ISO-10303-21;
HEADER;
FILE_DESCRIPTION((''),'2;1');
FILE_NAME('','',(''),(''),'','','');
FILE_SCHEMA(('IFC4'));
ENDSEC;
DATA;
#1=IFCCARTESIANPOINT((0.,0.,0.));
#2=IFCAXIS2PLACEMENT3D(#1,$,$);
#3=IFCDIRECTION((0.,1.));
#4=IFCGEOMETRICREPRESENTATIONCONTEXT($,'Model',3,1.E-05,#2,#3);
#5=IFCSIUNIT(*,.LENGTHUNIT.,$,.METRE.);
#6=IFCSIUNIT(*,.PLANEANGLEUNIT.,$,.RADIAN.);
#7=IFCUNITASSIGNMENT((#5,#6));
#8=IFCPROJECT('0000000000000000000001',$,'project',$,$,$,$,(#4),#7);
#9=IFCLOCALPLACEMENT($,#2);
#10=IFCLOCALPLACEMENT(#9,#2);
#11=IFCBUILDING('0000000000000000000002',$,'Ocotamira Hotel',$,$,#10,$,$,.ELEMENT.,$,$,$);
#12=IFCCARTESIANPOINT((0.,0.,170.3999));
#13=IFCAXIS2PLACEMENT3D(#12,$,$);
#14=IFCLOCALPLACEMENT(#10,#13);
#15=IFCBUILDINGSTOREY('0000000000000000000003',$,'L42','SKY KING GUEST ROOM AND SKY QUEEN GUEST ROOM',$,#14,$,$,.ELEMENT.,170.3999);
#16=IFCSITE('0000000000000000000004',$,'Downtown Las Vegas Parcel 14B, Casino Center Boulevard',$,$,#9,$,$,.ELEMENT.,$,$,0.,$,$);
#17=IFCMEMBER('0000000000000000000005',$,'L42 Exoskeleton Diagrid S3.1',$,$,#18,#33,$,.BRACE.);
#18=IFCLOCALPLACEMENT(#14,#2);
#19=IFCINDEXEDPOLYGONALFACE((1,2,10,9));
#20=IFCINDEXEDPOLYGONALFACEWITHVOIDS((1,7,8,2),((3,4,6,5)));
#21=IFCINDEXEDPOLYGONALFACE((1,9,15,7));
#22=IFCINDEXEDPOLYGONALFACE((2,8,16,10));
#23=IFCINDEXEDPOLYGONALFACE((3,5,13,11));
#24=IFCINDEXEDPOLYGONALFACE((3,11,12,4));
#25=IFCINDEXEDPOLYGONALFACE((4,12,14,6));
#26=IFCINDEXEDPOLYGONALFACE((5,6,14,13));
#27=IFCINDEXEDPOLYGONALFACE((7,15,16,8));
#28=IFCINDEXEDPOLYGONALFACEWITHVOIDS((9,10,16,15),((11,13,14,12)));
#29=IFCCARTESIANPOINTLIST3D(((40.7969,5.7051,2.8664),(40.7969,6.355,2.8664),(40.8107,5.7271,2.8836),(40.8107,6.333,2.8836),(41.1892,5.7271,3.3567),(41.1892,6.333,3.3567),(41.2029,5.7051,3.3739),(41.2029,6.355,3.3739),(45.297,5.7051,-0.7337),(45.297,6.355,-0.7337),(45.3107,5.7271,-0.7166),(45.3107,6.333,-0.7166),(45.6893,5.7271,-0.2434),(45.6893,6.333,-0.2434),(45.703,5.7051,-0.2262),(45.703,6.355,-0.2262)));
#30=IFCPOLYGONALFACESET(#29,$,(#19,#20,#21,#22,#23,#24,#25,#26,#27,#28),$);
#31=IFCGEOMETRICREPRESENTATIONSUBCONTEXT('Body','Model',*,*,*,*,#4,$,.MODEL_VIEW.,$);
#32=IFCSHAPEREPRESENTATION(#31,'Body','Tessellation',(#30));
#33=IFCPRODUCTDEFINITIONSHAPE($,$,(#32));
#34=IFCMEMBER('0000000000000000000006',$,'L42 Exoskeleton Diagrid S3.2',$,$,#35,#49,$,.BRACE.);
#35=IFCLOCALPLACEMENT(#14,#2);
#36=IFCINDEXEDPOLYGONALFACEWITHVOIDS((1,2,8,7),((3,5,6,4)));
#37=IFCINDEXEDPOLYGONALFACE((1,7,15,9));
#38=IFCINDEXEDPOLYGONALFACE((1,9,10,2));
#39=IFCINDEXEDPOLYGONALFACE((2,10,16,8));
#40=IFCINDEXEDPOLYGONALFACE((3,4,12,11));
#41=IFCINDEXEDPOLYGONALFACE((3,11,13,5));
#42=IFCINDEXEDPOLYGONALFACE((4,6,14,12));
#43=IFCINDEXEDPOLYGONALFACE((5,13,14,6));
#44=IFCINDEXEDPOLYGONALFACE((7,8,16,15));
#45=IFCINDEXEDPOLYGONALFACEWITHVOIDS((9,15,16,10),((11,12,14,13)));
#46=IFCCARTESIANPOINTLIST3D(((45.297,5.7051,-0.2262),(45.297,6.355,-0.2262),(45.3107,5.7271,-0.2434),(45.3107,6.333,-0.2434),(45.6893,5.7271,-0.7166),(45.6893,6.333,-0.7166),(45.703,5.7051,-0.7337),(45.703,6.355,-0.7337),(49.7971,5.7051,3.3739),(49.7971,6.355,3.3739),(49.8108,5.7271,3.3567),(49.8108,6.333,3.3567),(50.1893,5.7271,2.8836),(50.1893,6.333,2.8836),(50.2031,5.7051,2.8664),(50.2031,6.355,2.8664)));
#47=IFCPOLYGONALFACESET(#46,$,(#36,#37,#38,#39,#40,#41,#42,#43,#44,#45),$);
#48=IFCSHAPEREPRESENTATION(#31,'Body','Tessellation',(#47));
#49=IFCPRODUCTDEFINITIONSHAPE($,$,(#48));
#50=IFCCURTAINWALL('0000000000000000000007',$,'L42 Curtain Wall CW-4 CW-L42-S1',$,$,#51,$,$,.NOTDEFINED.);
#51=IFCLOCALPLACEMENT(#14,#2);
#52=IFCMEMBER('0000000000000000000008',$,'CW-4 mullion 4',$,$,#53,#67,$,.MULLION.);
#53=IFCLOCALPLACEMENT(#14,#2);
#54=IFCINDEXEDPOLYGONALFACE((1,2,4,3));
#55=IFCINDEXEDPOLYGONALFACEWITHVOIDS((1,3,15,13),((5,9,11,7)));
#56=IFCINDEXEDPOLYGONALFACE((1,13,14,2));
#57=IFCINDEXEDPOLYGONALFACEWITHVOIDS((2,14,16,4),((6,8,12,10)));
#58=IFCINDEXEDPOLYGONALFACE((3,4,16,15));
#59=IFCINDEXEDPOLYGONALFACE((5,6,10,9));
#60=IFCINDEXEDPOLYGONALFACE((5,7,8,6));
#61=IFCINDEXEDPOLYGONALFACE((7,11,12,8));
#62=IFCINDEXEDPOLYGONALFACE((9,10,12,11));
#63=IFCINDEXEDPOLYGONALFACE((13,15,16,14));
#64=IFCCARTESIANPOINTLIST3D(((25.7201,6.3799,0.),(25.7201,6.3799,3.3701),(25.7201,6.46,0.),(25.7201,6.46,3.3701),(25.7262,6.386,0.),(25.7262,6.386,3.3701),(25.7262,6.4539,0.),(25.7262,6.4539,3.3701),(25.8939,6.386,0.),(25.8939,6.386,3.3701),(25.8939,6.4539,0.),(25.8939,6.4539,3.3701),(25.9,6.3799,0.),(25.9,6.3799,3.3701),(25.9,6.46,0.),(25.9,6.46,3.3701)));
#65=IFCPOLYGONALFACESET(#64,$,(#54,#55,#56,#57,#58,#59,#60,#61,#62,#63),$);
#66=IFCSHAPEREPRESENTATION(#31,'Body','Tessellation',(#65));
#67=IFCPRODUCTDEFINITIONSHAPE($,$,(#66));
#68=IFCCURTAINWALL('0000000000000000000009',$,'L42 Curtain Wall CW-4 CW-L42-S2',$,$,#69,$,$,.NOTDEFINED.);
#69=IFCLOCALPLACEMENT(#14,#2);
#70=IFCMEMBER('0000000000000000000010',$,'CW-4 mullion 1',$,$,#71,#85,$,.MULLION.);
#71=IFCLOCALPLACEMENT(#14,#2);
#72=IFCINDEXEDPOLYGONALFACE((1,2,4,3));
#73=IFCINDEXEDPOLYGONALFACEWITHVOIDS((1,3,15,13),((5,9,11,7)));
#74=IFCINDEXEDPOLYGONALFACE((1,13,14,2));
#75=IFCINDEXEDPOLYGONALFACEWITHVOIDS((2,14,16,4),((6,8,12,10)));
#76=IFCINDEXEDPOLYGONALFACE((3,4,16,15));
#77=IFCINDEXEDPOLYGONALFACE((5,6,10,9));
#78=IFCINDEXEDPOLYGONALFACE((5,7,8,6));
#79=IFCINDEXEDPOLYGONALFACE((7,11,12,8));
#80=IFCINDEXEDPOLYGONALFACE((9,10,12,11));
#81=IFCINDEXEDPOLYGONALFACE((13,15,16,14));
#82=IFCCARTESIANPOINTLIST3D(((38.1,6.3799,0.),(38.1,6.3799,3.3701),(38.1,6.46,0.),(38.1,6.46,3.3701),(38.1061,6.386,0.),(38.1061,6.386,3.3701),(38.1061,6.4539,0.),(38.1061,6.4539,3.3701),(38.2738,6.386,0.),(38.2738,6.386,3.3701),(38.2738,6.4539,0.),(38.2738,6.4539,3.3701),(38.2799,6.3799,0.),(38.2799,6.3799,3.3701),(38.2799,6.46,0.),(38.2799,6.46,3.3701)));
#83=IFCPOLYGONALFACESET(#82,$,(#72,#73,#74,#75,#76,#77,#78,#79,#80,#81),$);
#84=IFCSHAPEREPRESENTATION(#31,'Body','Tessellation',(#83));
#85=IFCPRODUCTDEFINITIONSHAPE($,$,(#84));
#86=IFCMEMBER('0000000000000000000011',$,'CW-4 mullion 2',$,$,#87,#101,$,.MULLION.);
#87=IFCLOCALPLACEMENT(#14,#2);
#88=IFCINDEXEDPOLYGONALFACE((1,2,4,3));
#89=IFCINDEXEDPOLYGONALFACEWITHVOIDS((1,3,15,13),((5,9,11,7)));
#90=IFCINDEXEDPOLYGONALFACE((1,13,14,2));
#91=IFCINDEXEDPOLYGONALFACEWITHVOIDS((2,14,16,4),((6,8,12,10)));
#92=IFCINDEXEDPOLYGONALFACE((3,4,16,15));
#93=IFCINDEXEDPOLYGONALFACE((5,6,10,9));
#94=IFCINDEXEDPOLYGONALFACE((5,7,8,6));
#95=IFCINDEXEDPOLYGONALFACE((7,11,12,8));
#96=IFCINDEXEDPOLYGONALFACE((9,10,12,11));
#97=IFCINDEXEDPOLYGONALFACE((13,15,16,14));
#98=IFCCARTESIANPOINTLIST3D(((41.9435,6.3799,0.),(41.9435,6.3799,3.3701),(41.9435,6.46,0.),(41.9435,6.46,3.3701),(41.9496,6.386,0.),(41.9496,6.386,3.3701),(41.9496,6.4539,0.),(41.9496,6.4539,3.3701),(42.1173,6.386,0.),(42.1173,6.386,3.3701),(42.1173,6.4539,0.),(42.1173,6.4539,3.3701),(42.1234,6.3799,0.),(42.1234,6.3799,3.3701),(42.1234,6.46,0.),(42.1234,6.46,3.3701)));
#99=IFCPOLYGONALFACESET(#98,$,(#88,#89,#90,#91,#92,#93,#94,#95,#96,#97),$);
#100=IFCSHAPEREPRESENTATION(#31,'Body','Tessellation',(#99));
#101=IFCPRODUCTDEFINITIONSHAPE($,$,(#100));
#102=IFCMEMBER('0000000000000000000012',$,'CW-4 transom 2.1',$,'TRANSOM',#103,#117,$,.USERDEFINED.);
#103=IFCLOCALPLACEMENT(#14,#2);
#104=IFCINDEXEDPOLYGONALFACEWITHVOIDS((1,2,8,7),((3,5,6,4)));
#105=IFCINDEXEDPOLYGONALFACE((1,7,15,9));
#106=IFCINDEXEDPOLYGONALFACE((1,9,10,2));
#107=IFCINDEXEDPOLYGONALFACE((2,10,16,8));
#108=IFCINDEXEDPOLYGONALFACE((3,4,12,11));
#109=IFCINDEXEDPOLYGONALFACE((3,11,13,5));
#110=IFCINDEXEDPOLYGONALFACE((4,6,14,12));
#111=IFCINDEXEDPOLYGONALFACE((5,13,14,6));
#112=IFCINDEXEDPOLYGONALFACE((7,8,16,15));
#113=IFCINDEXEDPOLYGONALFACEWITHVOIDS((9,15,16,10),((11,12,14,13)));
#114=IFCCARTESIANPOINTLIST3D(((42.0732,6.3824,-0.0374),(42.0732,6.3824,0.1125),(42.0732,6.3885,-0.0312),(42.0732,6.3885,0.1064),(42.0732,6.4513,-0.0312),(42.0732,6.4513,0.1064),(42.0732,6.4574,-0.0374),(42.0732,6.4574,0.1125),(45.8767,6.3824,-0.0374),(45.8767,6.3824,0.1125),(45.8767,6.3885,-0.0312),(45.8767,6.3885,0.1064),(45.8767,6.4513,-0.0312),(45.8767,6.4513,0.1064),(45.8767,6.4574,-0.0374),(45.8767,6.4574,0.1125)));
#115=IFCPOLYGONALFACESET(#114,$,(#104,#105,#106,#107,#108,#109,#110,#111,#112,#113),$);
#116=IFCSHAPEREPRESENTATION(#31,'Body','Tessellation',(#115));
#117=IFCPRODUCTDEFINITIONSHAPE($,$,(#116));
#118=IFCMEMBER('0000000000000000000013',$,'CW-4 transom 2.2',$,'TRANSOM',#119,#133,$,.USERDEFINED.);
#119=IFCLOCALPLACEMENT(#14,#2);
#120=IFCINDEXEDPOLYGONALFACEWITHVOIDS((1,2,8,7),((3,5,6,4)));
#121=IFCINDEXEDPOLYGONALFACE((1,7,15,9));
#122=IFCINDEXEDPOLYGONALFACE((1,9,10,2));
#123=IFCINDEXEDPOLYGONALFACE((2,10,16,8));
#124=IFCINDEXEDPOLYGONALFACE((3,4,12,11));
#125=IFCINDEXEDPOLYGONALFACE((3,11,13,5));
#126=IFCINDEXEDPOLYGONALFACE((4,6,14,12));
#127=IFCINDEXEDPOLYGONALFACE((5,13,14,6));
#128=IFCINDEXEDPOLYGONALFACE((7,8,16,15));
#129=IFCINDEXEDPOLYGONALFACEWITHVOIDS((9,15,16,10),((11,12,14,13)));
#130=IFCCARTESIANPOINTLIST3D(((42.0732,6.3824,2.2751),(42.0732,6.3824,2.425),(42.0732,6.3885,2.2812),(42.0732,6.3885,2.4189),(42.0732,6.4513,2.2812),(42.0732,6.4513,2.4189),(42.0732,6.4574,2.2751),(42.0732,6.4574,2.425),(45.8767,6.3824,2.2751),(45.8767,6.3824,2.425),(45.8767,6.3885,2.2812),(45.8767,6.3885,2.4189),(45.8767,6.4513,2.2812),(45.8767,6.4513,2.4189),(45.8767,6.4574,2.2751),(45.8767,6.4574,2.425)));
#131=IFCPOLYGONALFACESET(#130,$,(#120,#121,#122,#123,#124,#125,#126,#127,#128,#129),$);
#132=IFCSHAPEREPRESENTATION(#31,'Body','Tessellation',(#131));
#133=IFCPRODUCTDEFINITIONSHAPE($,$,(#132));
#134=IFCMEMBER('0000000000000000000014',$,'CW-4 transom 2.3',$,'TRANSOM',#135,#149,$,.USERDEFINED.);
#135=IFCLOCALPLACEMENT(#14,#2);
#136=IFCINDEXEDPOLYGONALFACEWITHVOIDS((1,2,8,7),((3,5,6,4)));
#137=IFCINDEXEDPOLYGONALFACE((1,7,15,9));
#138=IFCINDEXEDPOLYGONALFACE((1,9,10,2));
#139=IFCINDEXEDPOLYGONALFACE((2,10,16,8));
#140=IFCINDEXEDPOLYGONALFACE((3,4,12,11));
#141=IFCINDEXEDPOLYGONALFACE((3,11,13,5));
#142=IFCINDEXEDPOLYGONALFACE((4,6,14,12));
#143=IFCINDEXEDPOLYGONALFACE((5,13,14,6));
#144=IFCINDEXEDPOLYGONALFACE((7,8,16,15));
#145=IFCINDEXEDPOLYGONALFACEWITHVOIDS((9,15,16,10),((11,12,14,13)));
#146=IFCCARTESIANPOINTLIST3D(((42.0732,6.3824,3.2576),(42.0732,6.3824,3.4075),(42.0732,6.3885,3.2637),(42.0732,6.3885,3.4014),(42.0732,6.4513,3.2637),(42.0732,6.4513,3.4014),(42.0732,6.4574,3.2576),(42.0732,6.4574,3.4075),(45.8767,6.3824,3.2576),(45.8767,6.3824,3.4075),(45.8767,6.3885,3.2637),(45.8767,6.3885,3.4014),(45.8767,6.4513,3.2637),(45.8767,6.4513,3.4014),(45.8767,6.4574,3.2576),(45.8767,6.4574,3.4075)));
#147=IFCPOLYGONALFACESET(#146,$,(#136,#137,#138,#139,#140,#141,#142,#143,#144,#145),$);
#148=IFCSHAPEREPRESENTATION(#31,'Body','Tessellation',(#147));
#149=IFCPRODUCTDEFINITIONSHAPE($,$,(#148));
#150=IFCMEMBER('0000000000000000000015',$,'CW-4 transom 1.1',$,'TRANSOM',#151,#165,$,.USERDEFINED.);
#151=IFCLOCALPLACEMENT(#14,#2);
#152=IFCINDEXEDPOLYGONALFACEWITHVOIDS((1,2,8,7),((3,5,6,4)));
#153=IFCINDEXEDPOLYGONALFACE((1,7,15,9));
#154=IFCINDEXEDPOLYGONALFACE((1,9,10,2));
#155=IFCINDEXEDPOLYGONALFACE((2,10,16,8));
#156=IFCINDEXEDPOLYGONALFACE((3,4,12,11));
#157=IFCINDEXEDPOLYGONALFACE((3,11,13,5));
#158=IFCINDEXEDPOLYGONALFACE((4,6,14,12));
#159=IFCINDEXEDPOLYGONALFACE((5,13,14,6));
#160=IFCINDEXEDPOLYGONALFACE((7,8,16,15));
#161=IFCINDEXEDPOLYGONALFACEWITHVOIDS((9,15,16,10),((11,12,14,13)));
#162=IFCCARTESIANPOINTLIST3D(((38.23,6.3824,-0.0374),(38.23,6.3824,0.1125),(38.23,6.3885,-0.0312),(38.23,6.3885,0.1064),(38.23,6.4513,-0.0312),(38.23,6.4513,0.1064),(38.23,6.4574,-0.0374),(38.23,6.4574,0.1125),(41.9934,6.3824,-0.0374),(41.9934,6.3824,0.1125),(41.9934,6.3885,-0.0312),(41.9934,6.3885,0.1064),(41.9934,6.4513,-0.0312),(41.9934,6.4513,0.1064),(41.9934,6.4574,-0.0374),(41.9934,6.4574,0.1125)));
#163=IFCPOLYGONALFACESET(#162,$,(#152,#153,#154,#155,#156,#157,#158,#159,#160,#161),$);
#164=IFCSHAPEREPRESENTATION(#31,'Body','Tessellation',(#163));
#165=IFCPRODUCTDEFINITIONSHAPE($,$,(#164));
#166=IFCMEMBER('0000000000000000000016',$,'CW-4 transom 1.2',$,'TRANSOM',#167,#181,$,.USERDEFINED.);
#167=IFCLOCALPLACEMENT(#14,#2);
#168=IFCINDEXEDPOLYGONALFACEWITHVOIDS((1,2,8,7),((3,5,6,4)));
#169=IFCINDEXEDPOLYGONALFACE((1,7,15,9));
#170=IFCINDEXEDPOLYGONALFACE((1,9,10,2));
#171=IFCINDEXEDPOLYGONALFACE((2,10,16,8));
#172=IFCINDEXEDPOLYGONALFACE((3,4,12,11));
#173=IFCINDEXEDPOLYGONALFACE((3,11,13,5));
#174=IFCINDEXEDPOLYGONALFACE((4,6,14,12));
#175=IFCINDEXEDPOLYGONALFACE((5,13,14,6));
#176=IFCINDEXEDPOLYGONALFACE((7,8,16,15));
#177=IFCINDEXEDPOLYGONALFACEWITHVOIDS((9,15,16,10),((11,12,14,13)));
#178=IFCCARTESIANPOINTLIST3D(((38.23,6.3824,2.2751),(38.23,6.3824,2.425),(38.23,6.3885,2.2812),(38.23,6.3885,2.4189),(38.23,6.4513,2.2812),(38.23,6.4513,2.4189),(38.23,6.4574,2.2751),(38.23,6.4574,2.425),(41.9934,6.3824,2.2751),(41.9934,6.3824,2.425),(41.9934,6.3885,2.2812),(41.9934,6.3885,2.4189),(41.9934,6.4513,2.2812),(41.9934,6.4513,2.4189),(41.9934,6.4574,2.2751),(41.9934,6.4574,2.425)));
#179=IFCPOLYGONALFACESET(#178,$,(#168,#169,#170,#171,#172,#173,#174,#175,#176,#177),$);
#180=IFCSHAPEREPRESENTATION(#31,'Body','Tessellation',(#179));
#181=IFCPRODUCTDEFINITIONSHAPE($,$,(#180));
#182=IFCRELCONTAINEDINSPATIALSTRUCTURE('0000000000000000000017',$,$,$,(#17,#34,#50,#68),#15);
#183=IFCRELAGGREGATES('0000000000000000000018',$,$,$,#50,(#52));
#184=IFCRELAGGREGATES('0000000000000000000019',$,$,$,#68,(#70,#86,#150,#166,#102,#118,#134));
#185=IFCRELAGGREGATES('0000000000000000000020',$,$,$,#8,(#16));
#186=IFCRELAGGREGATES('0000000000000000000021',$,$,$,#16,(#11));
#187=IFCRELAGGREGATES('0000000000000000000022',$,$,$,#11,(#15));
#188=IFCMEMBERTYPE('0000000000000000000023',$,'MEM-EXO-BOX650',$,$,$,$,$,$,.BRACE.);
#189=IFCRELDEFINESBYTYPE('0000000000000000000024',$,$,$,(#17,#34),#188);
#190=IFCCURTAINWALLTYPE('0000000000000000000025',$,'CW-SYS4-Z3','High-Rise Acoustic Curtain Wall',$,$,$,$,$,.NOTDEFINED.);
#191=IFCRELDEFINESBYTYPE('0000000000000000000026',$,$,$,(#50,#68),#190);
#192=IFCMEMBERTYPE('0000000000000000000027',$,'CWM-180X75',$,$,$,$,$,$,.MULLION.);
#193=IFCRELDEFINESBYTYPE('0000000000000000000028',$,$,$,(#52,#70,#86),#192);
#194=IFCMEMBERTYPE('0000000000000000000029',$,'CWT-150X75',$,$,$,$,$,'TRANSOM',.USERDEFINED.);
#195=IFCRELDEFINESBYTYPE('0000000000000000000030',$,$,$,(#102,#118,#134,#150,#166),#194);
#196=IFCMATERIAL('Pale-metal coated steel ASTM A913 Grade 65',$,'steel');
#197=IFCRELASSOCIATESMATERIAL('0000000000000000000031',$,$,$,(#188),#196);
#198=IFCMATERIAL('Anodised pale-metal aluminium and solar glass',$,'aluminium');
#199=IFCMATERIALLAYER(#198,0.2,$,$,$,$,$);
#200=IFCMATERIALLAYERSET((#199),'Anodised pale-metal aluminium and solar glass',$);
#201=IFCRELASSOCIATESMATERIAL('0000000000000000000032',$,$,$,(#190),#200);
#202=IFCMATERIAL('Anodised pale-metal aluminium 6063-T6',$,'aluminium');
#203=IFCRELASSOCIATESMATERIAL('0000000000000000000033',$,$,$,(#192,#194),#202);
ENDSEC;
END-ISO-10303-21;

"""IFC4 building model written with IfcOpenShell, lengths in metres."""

from ifc_helpers import new_model, si_unit, direction, frame, origin, origin_2d, place, context, subcontext, project, spatial, hollow_rectangle, extrude, source, transform, mapped, material, layer, layer_set, material_profile, profile_set, type_object, element, aggregate, save


model = new_model("IFC4")

# Units and contexts
model_context = context("Model", 3, precision=1e-05, world=origin(), true_north=direction((0.0, 1.0)))
body_context = subcontext(model_context, "Body", "Model", "MODEL_VIEW")
ifc_project = project(units=[si_unit("LENGTHUNIT", "METRE"), si_unit("PLANEANGLEUNIT", "RADIAN")], contexts=[model_context])

# Site, building, storey
site_placement = place(None, origin())
site = spatial("IfcSite", under=ifc_project, at=site_placement, Name="Downtown Las Vegas Parcel 14B, Casino Center Boulevard", CompositionType="ELEMENT", RefElevation=0.0)
building_placement = place(site_placement, origin())
building = spatial("IfcBuilding", under=site, at=building_placement, Name="Ocotamira Hotel", CompositionType="ELEMENT")
storey_placement = place(building_placement, frame((0.0, 0.0, 170.3999)))
storey = spatial("IfcBuildingStorey", under=building, at=storey_placement, Name="L42", Description="SKY KING GUEST ROOM AND SKY QUEEN GUEST ROOM", CompositionType="ELEMENT", Elevation=170.3999)

# Members
ifc_material_1 = material(Name="Pale-metal coated steel ASTM A913 Grade 65", Category="steel")
ifc_material_profile_1 = material_profile(ifc_material_1, hollow_rectangle(XDim=0.6499, YDim=0.6499, WallThickness=0.022, at=origin_2d()), Name="BOX650X650X22")
ifc_profile_set_1 = profile_set([ifc_material_profile_1], Name="Pale-metal coated steel ASTM A913 Grade 65")
member_type_1 = type_object("IfcMemberType", Name="MEM-EXO-BOX650", PredefinedType="BRACE", material=ifc_profile_set_1)
shared_shape_1 = source(origin(), body_context, "Body", "SweptSolid", [
    extrude(hollow_rectangle(XDim=0.6499, YDim=0.6499, WallThickness=0.022, at=origin_2d()), origin(), (0.0, 0.0, 1.0), 5.7629),
])
for number, where, z_axis, x_axis, name in (
    (1, (45.5, 6.03, -0.48), (-0.780861, 0.0, 0.624705), (0.0, -1.0, 0.0), "L42 Exoskeleton Diagrid S3.1"),
    (2, (45.5, 6.03, -0.48), (0.780861, 0.0, 0.624705), (0.0, 1.0, 0.0), "L42 Exoskeleton Diagrid S3.2"),
):
    element("IfcMember", number, at=place(storey_placement, frame(where, z_axis=z_axis, x_axis=x_axis)), inside=storey, type_object=member_type_1, Name=name, PredefinedType="BRACE", context=body_context, shape_type="MappedRepresentation", body=[
        mapped(shared_shape_1, transform((0.0, 0.0, 0.0), scale=1.0)),
    ])

# Curtain wall, member
ifc_material_2 = material(Name="Anodised pale-metal aluminium and solar glass", Category="aluminium")
ifc_layer_1 = layer(ifc_material_2, 0.2)
ifc_layer_set_1 = layer_set([ifc_layer_1], Name="Anodised pale-metal aluminium and solar glass")
curtain_wall_type = type_object("IfcCurtainWallType", Name="CW-SYS4-Z3", Description="High-Rise Acoustic Curtain Wall", PredefinedType="NOTDEFINED", material=ifc_layer_set_1)
curtain_wall_1_placement = place(storey_placement, origin())
curtain_wall_1 = element("IfcCurtainWall", 3, at=curtain_wall_1_placement, inside=storey, type_object=curtain_wall_type, Name="L42 Curtain Wall CW-4 CW-L42-S1", PredefinedType="NOTDEFINED")
ifc_material_3 = material(Name="Anodised pale-metal aluminium 6063-T6", Category="aluminium")
ifc_material_profile_2 = material_profile(ifc_material_3, hollow_rectangle(XDim=0.0801, YDim=0.1799, WallThickness=0.0061, at=origin_2d()), Name="HSS180X80X6")
ifc_profile_set_2 = profile_set([ifc_material_profile_2], Name="Anodised pale-metal aluminium 6063-T6")
member_type_2 = type_object("IfcMemberType", Name="CWM-180X75", PredefinedType="MULLION", material=ifc_profile_set_2)
shared_shape_2 = source(origin(), body_context, "Body", "SweptSolid", [
    extrude(hollow_rectangle(XDim=0.0801, YDim=0.1799, WallThickness=0.0061, at=origin_2d()), origin(), (0.0, 0.0, 1.0), 3.3701),
])
member_1_placement = place(storey_placement, frame((25.8101, 6.4199, 0.0), z_axis=(0.0, 0.0, 1.0), x_axis=(0.0, 1.0, 0.0)))
member_1 = element("IfcMember", 4, at=member_1_placement, type_object=member_type_2, Name="CW-4 mullion 4", PredefinedType="MULLION", context=body_context, shape_type="MappedRepresentation", body=[
    mapped(shared_shape_2, transform((0.0, 0.0, 0.0), scale=1.0)),
])

# Curtain wall, members
curtain_wall_2_placement = place(storey_placement, origin())
curtain_wall_2 = element("IfcCurtainWall", 5, at=curtain_wall_2_placement, inside=storey, type_object=curtain_wall_type, Name="L42 Curtain Wall CW-4 CW-L42-S2", PredefinedType="NOTDEFINED")
member_2_placement = place(storey_placement, frame((38.1899, 6.4199, 0.0), z_axis=(0.0, 0.0, 1.0), x_axis=(0.0, 1.0, 0.0)))
member_2 = element("IfcMember", 6, at=member_2_placement, type_object=member_type_2, Name="CW-4 mullion 1", PredefinedType="MULLION", context=body_context, shape_type="MappedRepresentation", body=[
    mapped(shared_shape_2, transform((0.0, 0.0, 0.0), scale=1.0)),
])
member_3_placement = place(storey_placement, frame((42.0334, 6.4199, 0.0), z_axis=(0.0, 0.0, 1.0), x_axis=(0.0, 1.0, 0.0)))
member_3 = element("IfcMember", 7, at=member_3_placement, type_object=member_type_2, Name="CW-4 mullion 2", PredefinedType="MULLION", context=body_context, shape_type="MappedRepresentation", body=[
    mapped(shared_shape_2, transform((0.0, 0.0, 0.0), scale=1.0)),
])
ifc_material_profile_3 = material_profile(ifc_material_3, hollow_rectangle(XDim=0.075, YDim=0.1499, WallThickness=0.0061, at=origin_2d()), Name="HSS150X75X6")
ifc_profile_set_3 = profile_set([ifc_material_profile_3], Name="Anodised pale-metal aluminium 6063-T6")
member_type_3 = type_object("IfcMemberType", Name="CWT-150X75", ElementType="TRANSOM", PredefinedType="USERDEFINED", material=ifc_profile_set_3)
shared_shape_3 = source(origin(), body_context, "Body", "SweptSolid", [
    extrude(hollow_rectangle(XDim=0.075, YDim=0.1499, WallThickness=0.0061, at=origin_2d()), origin(), (0.0, 0.0, 1.0), 3.8035),
])
member_4_placement = place(storey_placement, frame((42.0732, 6.4199, 0.0376), z_axis=(1.0, 0.0, 0.0), x_axis=(0.0, 1.0, 0.0)))
member_4 = element("IfcMember", 8, at=member_4_placement, type_object=member_type_3, Name="CW-4 transom 2.1", ObjectType="TRANSOM", PredefinedType="USERDEFINED", context=body_context, shape_type="MappedRepresentation", body=[
    mapped(shared_shape_3, transform((0.0, 0.0, 0.0), scale=1.0)),
])
member_5_placement = place(storey_placement, frame((42.0732, 6.4199, 2.3501), z_axis=(1.0, 0.0, 0.0), x_axis=(0.0, 1.0, 0.0)))
member_5 = element("IfcMember", 9, at=member_5_placement, type_object=member_type_3, Name="CW-4 transom 2.2", ObjectType="TRANSOM", PredefinedType="USERDEFINED", context=body_context, shape_type="MappedRepresentation", body=[
    mapped(shared_shape_3, transform((0.0, 0.0, 0.0), scale=1.0)),
])
member_6_placement = place(storey_placement, frame((42.0732, 6.4199, 3.3325), z_axis=(1.0, 0.0, 0.0), x_axis=(0.0, 1.0, 0.0)))
member_6 = element("IfcMember", 10, at=member_6_placement, type_object=member_type_3, Name="CW-4 transom 2.3", ObjectType="TRANSOM", PredefinedType="USERDEFINED", context=body_context, shape_type="MappedRepresentation", body=[
    mapped(shared_shape_3, transform((0.0, 0.0, 0.0), scale=1.0)),
])
shared_shape_4 = source(origin(), body_context, "Body", "SweptSolid", [
    extrude(hollow_rectangle(XDim=0.075, YDim=0.1499, WallThickness=0.0061, at=origin_2d()), origin(), (0.0, 0.0, 1.0), 3.7634),
])
member_7_placement = place(storey_placement, frame((38.23, 6.4199, 0.0376), z_axis=(1.0, 0.0, 0.0), x_axis=(0.0, 1.0, 0.0)))
member_7 = element("IfcMember", 11, at=member_7_placement, type_object=member_type_3, Name="CW-4 transom 1.1", ObjectType="TRANSOM", PredefinedType="USERDEFINED", context=body_context, shape_type="MappedRepresentation", body=[
    mapped(shared_shape_4, transform((0.0, 0.0, 0.0), scale=1.0)),
])
member_8_placement = place(storey_placement, frame((38.23, 6.4199, 2.3501), z_axis=(1.0, 0.0, 0.0), x_axis=(0.0, 1.0, 0.0)))
member_8 = element("IfcMember", 12, at=member_8_placement, type_object=member_type_3, Name="CW-4 transom 1.2", ObjectType="TRANSOM", PredefinedType="USERDEFINED", context=body_context, shape_type="MappedRepresentation", body=[
    mapped(shared_shape_4, transform((0.0, 0.0, 0.0), scale=1.0)),
])

aggregate(curtain_wall_1, [member_1])
aggregate(curtain_wall_2, [member_2, member_3, member_7, member_8, member_4, member_5, member_6])

save(model, "model.ifc")
